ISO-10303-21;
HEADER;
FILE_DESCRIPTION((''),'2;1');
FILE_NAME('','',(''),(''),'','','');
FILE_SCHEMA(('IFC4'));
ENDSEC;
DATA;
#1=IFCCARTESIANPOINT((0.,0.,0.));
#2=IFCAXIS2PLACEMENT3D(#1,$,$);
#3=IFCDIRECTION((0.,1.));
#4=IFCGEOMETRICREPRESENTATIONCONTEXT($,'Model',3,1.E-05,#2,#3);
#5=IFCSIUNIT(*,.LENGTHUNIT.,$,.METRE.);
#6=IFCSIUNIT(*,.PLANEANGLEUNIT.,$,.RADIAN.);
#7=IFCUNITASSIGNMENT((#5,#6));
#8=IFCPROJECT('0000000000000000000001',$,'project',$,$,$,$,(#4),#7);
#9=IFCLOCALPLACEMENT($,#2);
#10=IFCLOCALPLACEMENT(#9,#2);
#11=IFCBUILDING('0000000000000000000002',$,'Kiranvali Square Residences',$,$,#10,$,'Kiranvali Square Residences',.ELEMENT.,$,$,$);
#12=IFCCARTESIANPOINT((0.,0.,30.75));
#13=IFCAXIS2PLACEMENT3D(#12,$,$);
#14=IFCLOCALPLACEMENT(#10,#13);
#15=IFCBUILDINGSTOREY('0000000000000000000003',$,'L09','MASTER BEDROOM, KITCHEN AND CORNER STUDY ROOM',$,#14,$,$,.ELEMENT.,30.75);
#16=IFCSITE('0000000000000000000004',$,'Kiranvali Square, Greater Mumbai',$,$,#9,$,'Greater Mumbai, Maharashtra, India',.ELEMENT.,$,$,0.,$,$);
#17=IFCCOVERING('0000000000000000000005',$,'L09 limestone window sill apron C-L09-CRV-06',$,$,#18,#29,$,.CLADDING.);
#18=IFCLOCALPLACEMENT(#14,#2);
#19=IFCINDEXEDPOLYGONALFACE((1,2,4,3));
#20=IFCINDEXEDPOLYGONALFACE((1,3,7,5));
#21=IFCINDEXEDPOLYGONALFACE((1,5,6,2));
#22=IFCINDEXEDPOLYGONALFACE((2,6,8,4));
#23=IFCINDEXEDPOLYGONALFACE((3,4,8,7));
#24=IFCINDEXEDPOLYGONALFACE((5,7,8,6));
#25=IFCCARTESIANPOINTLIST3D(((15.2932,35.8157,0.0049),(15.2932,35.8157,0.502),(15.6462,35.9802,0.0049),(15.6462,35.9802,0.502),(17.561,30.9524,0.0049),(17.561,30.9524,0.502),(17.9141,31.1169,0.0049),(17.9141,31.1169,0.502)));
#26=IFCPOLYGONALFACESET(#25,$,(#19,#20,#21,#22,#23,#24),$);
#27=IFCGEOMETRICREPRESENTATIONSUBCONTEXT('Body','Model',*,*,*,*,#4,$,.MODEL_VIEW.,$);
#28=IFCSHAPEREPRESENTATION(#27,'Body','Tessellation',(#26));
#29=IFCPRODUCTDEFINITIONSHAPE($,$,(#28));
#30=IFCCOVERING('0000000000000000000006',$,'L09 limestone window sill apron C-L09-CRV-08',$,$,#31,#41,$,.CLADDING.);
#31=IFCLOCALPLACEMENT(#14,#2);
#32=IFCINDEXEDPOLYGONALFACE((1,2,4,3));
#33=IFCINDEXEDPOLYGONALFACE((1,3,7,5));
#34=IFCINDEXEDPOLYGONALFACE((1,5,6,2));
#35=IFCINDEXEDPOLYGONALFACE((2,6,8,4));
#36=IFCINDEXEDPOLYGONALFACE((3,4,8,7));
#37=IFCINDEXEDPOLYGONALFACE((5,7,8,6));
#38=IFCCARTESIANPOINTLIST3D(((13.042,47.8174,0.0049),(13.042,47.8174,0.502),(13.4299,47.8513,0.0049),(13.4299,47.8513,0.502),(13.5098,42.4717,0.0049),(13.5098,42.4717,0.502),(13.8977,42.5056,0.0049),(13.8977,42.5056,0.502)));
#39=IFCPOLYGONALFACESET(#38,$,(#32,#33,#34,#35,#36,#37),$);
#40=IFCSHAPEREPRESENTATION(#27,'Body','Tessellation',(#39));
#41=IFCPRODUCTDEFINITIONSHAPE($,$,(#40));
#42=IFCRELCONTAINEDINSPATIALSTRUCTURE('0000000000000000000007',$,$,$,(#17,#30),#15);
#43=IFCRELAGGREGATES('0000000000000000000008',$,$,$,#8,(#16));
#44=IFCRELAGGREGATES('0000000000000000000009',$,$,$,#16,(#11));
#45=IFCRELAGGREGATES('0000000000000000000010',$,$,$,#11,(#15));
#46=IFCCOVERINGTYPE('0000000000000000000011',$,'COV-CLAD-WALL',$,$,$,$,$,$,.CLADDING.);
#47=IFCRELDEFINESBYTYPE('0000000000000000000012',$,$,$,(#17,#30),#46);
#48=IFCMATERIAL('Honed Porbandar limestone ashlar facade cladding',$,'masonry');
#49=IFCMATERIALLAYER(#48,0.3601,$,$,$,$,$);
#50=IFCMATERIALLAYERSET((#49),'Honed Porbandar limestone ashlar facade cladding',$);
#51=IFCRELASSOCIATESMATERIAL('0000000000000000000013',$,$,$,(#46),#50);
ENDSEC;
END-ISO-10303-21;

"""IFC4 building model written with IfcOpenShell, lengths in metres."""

from ifc_helpers import new_model, si_unit, direction, frame, origin, place, context, subcontext, project, spatial, polyline, outline, extrude, material, layer, layer_set, type_object, element, save


model = new_model("IFC4")

# Units and contexts
model_context = context("Model", 3, precision=1e-05, world=origin(), true_north=direction((0.0, 1.0)))
body_context = subcontext(model_context, "Body", "Model", "MODEL_VIEW")
ifc_project = project(units=[si_unit("LENGTHUNIT", "METRE"), si_unit("PLANEANGLEUNIT", "RADIAN")], contexts=[model_context])

# Site, building, storey
site_placement = place(None, origin())
site = spatial("IfcSite", under=ifc_project, at=site_placement, Name="Kiranvali Square, Greater Mumbai", LongName="Greater Mumbai, Maharashtra, India", CompositionType="ELEMENT", RefElevation=0.0)
building_placement = place(site_placement, origin())
building = spatial("IfcBuilding", under=site, at=building_placement, Name="Kiranvali Square Residences", LongName="Kiranvali Square Residences", CompositionType="ELEMENT")
storey_placement = place(building_placement, frame((0.0, 0.0, 30.75)))
storey = spatial("IfcBuildingStorey", under=building, at=storey_placement, Name="L09", Description="MASTER BEDROOM, KITCHEN AND CORNER STUDY ROOM", CompositionType="ELEMENT", Elevation=30.75)

# Coverings
ifc_material = material(Name="Honed Porbandar limestone ashlar facade cladding", Category="masonry")
ifc_layer_1 = layer(ifc_material, 0.3601)
ifc_layer_set_1 = layer_set([ifc_layer_1], Name="Honed Porbandar limestone ashlar facade cladding")
covering_type_1 = type_object("IfcCoveringType", Name="COV-CLAD-WALL", PredefinedType="CLADDING", material=ifc_layer_set_1)
covering_1_placement = place(storey_placement, frame((0.0, 0.0, 0.0049)))
element("IfcCovering", 1, at=covering_1_placement, inside=storey, type_object=covering_type_1, Name="L09 limestone window sill apron C-L09-CRV-06", PredefinedType="CLADDING", context=body_context, shape_type="SweptSolid", body=[
    extrude(outline(polyline([(17.9141, 31.1169), (15.6462, 35.9802), (15.2932, 35.8157), (17.561, 30.9524), (17.9141, 31.1169)])), origin(), (0.0, 0.0, 1.0), 0.4971),
])
covering_2_placement = place(storey_placement, frame((0.0, 0.0, 0.0049)))
element("IfcCovering", 2, at=covering_2_placement, inside=storey, type_object=covering_type_1, Name="L09 limestone window sill apron C-L09-CRV-08", PredefinedType="CLADDING", context=body_context, shape_type="SweptSolid", body=[
    extrude(outline(polyline([(13.8977, 42.5056), (13.4299, 47.8513), (13.042, 47.8174), (13.5098, 42.4717), (13.8977, 42.5056)])), origin(), (0.0, 0.0, 1.0), 0.4971),
])

save(model, "model.ifc")
